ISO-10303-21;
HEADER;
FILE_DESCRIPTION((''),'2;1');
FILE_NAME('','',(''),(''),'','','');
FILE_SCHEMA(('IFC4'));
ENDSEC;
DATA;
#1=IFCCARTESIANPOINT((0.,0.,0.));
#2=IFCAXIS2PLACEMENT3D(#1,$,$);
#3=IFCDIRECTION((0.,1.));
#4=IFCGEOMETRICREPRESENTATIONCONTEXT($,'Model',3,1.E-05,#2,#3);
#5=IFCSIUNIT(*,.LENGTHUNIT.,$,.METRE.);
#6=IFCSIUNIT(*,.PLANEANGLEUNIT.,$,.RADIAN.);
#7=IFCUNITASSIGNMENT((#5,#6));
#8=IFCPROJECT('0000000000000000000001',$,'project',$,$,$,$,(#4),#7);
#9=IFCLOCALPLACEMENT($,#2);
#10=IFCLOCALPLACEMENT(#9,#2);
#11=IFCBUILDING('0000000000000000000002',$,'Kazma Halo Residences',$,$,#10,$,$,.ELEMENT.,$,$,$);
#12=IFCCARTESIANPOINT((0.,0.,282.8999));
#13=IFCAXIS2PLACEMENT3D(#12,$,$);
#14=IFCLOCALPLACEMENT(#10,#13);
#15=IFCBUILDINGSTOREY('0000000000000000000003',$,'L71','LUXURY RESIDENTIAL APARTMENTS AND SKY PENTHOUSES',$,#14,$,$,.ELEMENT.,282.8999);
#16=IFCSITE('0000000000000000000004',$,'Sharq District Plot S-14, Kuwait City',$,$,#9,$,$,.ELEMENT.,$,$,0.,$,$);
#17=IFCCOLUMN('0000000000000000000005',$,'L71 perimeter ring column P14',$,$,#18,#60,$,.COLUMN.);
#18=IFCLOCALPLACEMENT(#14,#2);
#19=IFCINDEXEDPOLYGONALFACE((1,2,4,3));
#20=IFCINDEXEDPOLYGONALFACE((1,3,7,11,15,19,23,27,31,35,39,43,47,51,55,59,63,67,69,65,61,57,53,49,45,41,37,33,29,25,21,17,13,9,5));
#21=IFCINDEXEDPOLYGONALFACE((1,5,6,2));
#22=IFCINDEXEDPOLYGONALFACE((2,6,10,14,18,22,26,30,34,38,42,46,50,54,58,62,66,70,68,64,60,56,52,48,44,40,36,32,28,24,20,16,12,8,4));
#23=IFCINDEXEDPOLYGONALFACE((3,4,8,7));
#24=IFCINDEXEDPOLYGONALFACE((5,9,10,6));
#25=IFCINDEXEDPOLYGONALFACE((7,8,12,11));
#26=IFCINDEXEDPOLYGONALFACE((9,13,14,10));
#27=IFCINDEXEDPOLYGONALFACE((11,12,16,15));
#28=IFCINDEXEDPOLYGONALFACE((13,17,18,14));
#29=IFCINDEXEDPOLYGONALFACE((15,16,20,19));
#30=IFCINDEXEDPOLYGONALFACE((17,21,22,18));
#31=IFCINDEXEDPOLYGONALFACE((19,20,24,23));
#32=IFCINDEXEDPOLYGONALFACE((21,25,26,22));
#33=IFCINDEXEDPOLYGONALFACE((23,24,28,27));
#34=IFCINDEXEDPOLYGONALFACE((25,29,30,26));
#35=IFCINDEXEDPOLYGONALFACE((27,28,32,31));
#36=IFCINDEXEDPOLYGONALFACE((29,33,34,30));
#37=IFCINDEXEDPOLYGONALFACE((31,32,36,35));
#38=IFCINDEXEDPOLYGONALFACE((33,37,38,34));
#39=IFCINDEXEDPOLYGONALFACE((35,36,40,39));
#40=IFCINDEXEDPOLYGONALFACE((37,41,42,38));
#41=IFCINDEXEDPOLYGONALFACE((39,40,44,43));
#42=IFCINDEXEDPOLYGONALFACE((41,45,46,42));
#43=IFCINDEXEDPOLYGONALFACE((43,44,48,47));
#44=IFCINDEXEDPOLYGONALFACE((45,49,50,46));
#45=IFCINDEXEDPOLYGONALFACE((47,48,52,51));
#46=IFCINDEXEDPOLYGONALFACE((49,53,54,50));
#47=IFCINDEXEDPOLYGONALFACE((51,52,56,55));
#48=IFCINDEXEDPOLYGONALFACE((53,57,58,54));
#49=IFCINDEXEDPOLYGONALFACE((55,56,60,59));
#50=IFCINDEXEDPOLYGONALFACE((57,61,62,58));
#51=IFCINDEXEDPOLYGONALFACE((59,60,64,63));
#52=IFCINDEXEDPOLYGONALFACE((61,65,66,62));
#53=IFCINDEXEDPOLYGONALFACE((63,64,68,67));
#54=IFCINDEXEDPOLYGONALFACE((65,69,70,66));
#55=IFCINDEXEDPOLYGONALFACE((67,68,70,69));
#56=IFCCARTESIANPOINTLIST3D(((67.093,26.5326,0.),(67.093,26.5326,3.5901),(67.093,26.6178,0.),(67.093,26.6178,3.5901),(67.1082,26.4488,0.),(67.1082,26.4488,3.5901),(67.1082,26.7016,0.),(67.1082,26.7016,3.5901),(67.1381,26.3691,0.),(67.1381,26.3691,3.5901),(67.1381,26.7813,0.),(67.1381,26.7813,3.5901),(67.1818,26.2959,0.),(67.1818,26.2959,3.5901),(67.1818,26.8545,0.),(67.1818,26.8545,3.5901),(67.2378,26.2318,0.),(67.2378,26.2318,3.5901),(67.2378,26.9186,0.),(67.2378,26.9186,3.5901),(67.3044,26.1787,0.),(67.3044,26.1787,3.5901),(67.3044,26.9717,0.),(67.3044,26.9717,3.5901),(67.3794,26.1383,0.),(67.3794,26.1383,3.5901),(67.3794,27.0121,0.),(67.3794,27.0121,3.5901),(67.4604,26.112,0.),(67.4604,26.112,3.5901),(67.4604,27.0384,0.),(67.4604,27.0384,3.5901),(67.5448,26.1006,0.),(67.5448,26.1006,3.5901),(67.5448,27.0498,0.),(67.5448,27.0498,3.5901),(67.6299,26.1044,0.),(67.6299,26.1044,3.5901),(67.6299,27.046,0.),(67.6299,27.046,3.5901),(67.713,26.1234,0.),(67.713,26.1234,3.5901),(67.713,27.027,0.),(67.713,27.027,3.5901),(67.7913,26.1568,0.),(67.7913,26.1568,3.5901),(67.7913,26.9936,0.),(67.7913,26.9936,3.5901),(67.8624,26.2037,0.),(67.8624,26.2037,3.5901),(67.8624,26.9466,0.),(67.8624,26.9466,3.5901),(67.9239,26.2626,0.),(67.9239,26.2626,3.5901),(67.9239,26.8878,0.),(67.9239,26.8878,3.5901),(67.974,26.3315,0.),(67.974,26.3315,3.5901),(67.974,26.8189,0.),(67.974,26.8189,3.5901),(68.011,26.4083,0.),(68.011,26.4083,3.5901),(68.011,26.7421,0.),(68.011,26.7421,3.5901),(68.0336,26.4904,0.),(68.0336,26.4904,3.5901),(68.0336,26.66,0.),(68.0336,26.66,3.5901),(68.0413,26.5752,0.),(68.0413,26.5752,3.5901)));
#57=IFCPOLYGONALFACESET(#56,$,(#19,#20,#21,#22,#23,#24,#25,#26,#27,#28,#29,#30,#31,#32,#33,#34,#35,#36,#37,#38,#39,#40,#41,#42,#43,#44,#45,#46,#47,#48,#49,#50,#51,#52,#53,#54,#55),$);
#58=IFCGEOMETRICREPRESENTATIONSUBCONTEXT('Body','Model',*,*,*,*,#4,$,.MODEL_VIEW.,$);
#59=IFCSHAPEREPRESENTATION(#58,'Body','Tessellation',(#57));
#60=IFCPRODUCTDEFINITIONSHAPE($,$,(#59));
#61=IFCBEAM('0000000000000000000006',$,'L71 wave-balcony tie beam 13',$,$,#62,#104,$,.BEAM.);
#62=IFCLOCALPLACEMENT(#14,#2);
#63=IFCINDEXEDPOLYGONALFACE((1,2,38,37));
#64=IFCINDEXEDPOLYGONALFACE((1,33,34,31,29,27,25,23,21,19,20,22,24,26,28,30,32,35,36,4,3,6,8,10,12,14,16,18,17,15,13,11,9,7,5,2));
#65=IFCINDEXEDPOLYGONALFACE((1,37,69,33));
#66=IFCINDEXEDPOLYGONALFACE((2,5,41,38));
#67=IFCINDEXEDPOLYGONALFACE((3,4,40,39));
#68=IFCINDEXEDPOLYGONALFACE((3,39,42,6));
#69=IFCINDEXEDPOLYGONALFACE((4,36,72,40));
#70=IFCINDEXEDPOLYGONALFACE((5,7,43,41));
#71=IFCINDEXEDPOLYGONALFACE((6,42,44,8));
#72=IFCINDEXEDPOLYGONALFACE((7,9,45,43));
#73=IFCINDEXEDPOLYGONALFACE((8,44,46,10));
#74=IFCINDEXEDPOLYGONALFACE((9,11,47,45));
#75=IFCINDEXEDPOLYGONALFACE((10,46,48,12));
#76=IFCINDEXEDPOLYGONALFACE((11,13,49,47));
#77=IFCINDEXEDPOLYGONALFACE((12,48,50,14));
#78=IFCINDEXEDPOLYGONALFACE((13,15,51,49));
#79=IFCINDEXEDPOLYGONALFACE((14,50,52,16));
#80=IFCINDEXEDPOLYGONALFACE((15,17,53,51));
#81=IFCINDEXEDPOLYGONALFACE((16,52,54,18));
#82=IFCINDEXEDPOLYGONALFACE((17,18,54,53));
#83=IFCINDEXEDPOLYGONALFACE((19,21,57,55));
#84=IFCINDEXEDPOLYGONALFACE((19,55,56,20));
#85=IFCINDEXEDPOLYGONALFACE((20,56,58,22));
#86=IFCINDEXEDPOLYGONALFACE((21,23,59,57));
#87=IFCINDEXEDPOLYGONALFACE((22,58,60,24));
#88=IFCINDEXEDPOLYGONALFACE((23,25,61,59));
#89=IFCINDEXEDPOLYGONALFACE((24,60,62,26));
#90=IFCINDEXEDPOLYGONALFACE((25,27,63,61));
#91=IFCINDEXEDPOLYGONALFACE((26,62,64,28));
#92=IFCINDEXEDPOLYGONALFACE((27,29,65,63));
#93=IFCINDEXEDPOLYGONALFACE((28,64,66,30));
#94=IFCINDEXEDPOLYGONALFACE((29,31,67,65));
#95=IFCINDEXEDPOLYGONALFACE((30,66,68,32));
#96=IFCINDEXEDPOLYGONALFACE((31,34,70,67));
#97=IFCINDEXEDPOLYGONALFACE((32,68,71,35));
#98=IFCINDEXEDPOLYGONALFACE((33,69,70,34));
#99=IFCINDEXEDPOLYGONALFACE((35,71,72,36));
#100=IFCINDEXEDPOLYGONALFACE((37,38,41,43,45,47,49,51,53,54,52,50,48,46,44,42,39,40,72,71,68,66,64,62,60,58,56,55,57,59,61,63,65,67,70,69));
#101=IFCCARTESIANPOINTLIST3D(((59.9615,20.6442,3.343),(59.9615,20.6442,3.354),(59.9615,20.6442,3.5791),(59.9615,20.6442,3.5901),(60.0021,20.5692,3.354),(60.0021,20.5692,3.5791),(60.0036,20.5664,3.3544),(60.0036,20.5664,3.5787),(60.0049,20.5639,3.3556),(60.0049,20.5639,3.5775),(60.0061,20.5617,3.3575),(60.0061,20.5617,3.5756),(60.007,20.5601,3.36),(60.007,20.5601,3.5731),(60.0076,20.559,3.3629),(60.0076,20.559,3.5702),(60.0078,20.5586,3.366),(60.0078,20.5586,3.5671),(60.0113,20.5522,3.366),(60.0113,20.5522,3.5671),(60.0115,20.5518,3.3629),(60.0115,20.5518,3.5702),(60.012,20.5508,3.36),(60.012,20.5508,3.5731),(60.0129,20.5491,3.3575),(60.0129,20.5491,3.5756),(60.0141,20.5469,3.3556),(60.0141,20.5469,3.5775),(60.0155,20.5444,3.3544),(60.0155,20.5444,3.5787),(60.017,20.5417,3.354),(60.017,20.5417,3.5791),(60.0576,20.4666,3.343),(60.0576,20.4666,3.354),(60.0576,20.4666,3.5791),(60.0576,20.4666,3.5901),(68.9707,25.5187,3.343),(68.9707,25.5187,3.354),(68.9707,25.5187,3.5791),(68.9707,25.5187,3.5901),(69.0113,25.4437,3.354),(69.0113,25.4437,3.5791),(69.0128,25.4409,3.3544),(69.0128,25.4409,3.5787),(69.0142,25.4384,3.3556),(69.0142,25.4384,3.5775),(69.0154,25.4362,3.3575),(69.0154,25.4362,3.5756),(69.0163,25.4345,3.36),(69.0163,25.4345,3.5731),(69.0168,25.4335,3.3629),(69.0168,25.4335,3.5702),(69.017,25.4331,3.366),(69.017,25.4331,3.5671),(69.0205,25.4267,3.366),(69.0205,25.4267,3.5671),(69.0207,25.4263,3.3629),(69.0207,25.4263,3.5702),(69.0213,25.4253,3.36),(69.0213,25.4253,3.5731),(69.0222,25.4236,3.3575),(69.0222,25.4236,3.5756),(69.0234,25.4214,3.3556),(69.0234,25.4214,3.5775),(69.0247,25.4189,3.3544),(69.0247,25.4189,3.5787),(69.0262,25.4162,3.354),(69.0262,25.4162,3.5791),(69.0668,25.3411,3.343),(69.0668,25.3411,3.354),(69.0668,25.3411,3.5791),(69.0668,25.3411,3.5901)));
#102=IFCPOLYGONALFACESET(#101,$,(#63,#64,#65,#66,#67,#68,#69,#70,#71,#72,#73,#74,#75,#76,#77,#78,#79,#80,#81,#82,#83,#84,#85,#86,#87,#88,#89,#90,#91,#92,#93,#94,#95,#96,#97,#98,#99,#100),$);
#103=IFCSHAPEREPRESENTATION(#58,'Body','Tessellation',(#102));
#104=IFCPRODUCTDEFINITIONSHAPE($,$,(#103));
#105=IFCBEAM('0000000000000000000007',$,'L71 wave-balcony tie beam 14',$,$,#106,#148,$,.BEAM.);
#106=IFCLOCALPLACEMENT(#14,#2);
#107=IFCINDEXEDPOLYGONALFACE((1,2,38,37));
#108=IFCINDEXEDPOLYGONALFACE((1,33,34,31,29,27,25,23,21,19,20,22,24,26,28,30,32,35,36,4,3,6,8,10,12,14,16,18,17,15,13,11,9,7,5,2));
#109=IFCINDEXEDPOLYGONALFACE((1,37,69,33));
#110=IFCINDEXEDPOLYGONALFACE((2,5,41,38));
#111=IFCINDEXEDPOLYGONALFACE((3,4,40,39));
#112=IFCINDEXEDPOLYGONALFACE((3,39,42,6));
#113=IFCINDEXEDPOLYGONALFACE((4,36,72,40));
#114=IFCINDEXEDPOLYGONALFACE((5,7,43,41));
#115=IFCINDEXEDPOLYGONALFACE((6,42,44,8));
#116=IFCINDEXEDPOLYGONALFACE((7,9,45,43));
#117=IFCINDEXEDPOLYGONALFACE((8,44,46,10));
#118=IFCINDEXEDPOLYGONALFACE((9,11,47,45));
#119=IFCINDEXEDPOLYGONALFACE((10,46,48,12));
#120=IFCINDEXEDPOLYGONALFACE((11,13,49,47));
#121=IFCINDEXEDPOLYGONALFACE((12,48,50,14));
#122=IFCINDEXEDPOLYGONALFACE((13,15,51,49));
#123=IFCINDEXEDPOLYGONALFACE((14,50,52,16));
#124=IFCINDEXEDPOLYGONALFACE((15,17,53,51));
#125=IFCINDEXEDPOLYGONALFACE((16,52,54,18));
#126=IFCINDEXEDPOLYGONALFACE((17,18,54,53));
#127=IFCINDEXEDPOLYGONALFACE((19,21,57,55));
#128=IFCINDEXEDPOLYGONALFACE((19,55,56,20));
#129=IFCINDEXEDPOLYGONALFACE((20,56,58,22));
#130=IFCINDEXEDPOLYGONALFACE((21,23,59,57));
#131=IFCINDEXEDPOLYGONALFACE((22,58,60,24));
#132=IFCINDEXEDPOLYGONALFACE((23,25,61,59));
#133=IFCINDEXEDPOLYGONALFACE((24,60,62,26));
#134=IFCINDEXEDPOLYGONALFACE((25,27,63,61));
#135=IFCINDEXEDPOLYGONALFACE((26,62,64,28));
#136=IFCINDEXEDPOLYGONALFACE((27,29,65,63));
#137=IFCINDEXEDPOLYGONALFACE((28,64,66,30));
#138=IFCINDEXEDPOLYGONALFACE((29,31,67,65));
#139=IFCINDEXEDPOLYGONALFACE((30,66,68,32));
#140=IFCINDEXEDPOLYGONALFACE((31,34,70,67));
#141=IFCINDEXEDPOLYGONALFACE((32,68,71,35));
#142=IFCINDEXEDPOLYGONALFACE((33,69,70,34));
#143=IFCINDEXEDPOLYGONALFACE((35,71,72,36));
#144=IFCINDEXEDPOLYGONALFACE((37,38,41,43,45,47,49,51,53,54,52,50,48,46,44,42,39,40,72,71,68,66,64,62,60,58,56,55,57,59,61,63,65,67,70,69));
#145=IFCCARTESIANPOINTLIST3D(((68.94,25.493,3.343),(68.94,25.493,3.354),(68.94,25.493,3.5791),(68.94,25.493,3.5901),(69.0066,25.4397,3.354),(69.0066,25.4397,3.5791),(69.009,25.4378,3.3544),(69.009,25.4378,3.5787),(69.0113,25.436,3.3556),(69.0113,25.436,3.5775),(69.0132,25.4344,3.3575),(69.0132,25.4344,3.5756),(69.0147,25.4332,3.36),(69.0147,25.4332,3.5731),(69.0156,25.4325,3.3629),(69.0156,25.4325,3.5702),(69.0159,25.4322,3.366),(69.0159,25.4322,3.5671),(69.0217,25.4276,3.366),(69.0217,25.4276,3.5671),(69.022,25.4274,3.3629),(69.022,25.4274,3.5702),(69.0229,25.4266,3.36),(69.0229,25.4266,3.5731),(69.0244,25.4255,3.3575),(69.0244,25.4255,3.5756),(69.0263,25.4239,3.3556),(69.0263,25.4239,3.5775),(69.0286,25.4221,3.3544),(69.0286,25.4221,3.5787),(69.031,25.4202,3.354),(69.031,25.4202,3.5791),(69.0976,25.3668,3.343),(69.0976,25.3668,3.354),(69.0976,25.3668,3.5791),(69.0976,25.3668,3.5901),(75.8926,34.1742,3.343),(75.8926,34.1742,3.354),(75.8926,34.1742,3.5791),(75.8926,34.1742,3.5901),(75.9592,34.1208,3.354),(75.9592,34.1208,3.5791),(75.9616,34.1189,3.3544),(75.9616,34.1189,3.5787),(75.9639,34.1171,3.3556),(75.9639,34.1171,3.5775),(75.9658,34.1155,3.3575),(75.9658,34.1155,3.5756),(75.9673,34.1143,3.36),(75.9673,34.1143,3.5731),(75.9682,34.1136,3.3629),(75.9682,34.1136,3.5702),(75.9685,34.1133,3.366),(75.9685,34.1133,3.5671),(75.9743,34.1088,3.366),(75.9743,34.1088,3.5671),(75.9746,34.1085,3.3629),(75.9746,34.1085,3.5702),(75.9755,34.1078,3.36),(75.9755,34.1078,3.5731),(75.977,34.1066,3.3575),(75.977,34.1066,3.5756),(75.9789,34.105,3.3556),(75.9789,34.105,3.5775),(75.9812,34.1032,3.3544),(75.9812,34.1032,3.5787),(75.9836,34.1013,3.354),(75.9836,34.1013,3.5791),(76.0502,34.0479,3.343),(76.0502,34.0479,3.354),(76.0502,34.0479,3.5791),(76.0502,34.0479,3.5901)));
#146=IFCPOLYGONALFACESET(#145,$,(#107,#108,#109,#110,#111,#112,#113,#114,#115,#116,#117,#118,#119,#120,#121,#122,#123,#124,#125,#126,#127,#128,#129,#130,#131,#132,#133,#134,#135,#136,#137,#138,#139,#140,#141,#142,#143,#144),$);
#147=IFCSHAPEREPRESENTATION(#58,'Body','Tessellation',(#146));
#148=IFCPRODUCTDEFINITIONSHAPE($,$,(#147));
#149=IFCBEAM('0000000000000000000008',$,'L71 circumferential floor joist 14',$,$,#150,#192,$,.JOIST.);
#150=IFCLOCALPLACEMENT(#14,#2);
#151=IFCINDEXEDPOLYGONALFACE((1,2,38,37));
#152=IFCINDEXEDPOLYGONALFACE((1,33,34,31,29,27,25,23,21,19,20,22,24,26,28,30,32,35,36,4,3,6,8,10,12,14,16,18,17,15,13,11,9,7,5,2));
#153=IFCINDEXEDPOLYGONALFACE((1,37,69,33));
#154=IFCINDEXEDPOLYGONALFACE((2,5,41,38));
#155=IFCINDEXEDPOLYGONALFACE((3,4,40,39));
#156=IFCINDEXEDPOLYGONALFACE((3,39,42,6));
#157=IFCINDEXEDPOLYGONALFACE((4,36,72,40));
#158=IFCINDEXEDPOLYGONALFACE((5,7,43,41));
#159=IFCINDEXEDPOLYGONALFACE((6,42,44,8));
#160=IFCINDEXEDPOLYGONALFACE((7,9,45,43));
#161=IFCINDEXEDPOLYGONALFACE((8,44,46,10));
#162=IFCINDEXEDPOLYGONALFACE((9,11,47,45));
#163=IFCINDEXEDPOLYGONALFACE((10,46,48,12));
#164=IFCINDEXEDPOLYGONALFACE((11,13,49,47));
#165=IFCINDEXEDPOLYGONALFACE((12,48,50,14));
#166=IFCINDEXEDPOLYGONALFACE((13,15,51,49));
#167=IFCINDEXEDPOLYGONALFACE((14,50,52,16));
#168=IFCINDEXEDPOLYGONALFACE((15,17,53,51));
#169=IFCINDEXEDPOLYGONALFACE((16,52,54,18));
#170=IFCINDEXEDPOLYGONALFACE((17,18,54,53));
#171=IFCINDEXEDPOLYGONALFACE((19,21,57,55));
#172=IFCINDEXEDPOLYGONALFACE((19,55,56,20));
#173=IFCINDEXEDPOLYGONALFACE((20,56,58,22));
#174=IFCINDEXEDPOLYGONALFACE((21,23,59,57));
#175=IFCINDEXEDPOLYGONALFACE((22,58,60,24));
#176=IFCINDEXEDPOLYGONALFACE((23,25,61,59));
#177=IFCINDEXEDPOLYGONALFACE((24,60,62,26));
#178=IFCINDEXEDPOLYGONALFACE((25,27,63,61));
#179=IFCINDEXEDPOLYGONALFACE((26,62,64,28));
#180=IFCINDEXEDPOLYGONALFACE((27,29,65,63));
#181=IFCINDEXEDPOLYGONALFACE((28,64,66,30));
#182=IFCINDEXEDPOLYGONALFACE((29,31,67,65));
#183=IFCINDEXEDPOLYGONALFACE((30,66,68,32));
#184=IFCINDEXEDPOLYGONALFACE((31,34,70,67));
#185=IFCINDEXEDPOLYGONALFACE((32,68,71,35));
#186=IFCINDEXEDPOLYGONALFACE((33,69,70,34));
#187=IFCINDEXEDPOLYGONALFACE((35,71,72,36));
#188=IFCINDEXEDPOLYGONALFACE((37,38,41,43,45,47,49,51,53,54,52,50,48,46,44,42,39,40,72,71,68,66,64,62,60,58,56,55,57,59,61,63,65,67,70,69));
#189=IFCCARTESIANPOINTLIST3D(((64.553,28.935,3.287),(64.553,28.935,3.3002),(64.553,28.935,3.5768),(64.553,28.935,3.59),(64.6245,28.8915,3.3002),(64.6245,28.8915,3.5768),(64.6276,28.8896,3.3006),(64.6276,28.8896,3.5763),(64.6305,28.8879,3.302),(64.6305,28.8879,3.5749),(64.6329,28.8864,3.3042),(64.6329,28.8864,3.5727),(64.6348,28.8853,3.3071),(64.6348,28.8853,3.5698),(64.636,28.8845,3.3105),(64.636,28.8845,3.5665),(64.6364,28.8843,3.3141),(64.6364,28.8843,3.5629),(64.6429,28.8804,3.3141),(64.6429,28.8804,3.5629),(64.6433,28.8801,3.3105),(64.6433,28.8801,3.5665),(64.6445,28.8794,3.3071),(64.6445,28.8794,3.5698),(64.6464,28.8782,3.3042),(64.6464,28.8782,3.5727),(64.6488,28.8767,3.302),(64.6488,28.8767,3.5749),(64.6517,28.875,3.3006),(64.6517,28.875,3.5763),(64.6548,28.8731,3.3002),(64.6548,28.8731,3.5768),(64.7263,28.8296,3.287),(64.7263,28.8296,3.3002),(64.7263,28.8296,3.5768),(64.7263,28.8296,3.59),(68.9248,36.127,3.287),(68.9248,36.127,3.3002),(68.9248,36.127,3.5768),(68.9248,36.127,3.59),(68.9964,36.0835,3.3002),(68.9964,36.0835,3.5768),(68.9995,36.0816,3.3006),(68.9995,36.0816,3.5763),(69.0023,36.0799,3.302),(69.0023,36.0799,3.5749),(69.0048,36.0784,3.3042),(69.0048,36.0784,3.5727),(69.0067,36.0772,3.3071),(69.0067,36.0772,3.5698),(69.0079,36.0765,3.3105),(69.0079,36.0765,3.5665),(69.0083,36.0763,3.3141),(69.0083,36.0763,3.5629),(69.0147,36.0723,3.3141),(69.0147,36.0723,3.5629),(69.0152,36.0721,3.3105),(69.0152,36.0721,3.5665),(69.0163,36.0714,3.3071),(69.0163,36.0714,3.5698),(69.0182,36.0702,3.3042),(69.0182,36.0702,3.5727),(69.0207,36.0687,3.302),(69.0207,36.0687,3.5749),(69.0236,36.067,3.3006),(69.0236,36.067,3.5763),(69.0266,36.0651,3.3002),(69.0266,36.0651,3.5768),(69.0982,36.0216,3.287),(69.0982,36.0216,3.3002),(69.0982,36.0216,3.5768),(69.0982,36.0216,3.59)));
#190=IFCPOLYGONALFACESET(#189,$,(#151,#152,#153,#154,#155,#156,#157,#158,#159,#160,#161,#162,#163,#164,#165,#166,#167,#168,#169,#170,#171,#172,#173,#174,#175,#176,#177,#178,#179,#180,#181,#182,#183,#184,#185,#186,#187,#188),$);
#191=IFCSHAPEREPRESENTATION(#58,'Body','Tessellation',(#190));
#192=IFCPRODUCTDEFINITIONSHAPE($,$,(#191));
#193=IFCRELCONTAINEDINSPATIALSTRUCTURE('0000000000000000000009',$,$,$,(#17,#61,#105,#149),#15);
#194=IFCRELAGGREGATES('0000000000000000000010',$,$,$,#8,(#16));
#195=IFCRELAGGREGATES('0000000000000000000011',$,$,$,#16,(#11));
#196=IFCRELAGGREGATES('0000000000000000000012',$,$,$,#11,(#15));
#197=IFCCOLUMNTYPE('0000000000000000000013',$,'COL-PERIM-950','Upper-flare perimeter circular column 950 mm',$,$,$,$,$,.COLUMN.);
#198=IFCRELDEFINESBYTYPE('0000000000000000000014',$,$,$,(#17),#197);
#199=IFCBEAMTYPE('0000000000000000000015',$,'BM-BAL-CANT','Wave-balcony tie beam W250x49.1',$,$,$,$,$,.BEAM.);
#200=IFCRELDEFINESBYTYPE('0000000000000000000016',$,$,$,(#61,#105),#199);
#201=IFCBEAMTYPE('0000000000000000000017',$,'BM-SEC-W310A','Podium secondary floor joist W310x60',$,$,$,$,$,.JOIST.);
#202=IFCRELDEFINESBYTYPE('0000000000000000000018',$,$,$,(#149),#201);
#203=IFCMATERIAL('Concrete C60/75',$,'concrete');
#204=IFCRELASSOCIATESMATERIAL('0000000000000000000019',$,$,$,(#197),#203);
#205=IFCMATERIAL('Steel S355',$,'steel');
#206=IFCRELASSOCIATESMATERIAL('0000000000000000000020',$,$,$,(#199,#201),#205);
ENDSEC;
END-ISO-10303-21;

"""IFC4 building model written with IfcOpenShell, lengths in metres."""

from ifc_helpers import new_model, si_unit, direction, frame, origin, origin_2d, place, context, subcontext, project, spatial, circle, i_section, extrude, material, material_profile, profile_set, type_object, element, save


model = new_model("IFC4")

# Units and contexts
model_context = context("Model", 3, precision=1e-05, world=origin(), true_north=direction((0.0, 1.0)))
body_context = subcontext(model_context, "Body", "Model", "MODEL_VIEW")
ifc_project = project(units=[si_unit("LENGTHUNIT", "METRE"), si_unit("PLANEANGLEUNIT", "RADIAN")], contexts=[model_context])

# Site, building, storey
site_placement = place(None, origin())
site = spatial("IfcSite", under=ifc_project, at=site_placement, Name="Sharq District Plot S-14, Kuwait City", CompositionType="ELEMENT", RefElevation=0.0)
building_placement = place(site_placement, origin())
building = spatial("IfcBuilding", under=site, at=building_placement, Name="Kazma Halo Residences", CompositionType="ELEMENT")
storey_placement = place(building_placement, frame((0.0, 0.0, 282.8999)))
storey = spatial("IfcBuildingStorey", under=building, at=storey_placement, Name="L71", Description="LUXURY RESIDENTIAL APARTMENTS AND SKY PENTHOUSES", CompositionType="ELEMENT", Elevation=282.8999)

# Column
ifc_material_1 = material(Name="Concrete C60/75", Category="concrete")
ifc_material_profile_1 = material_profile(ifc_material_1, circle(Radius=0.4751, at=origin_2d()), Name="CIRC950")
ifc_profile_set_1 = profile_set([ifc_material_profile_1], Name="Concrete C60/75")
column_type = type_object("IfcColumnType", Name="COL-PERIM-950", Description="Upper-flare perimeter circular column 950 mm", PredefinedType="COLUMN", material=ifc_profile_set_1)
column_placement = place(storey_placement, frame((67.5662, 26.5752, 0.0), z_axis=(0.0, 0.0, 1.0), x_axis=(1.0, 0.0, 0.0)))
element("IfcColumn", 1, at=column_placement, inside=storey, type_object=column_type, Name="L71 perimeter ring column P14", PredefinedType="COLUMN", context=body_context, shape_type="SweptSolid", body=[
    extrude(circle(Radius=0.4751, at=origin_2d()), origin(), (0.0, 0.0, 1.0), 3.5901),
])

# Beams
ifc_material_2 = material(Name="Steel S355", Category="steel")
ifc_material_profile_2 = material_profile(ifc_material_2, i_section(OverallWidth=0.2019, OverallDepth=0.2471, WebThickness=0.0073, FlangeThickness=0.011, FilletRadius=0.012, at=origin_2d()), Name="W250x49.1")
ifc_profile_set_2 = profile_set([ifc_material_profile_2], Name="Steel S355")
beam_type_1 = type_object("IfcBeamType", Name="BM-BAL-CANT", Description="Wave-balcony tie beam W250x49.1", PredefinedType="BEAM", material=ifc_profile_set_2)
beam_1_placement = place(storey_placement, frame((60.0095, 20.5554, 3.4666), z_axis=(0.879517, 0.475867, 0.0), x_axis=(-0.475867, 0.879517, 0.0)))
element("IfcBeam", 2, at=beam_1_placement, inside=storey, type_object=beam_type_1, Name="L71 wave-balcony tie beam 13", PredefinedType="BEAM", context=body_context, shape_type="SweptSolid", body=[
    extrude(i_section(OverallWidth=0.2019, OverallDepth=0.2471, WebThickness=0.0073, FlangeThickness=0.011, FilletRadius=0.012, at=origin_2d()), origin(), (0.0, 0.0, 1.0), 10.2434),
])
beam_2_placement = place(storey_placement, frame((69.0188, 25.4299, 3.4666), z_axis=(0.625118, 0.78053, 0.0), x_axis=(-0.78053, 0.625118, 0.0)))
element("IfcBeam", 3, at=beam_2_placement, inside=storey, type_object=beam_type_1, Name="L71 wave-balcony tie beam 14", PredefinedType="BEAM", context=body_context, shape_type="SweptSolid", body=[
    extrude(i_section(OverallWidth=0.2019, OverallDepth=0.2471, WebThickness=0.0073, FlangeThickness=0.011, FilletRadius=0.012, at=origin_2d()), origin(), (0.0, 0.0, 1.0), 11.1221),
])
ifc_material_profile_3 = material_profile(ifc_material_2, i_section(OverallWidth=0.2029, OverallDepth=0.303, WebThickness=0.0076, FlangeThickness=0.0132, FilletRadius=0.0139, at=origin_2d()), Name="W310x60")
ifc_profile_set_3 = profile_set([ifc_material_profile_3], Name="Steel S355")
beam_type_2 = type_object("IfcBeamType", Name="BM-SEC-W310A", Description="Podium secondary floor joist W310x60", PredefinedType="JOIST", material=ifc_profile_set_3)
beam_3_placement = place(storey_placement, frame((64.6396, 28.8823, 3.4385), z_axis=(0.51944, 0.854507, 0.0), x_axis=(-0.854507, 0.51944, 0.0)))
element("IfcBeam", 4, at=beam_3_placement, inside=storey, type_object=beam_type_2, Name="L71 circumferential floor joist 14", PredefinedType="JOIST", context=body_context, shape_type="SweptSolid", body=[
    extrude(i_section(OverallWidth=0.2029, OverallDepth=0.303, WebThickness=0.0076, FlangeThickness=0.0132, FilletRadius=0.0139, at=origin_2d()), origin(), (0.0, 0.0, 1.0), 8.4165),
])

save(model, "model.ifc")
